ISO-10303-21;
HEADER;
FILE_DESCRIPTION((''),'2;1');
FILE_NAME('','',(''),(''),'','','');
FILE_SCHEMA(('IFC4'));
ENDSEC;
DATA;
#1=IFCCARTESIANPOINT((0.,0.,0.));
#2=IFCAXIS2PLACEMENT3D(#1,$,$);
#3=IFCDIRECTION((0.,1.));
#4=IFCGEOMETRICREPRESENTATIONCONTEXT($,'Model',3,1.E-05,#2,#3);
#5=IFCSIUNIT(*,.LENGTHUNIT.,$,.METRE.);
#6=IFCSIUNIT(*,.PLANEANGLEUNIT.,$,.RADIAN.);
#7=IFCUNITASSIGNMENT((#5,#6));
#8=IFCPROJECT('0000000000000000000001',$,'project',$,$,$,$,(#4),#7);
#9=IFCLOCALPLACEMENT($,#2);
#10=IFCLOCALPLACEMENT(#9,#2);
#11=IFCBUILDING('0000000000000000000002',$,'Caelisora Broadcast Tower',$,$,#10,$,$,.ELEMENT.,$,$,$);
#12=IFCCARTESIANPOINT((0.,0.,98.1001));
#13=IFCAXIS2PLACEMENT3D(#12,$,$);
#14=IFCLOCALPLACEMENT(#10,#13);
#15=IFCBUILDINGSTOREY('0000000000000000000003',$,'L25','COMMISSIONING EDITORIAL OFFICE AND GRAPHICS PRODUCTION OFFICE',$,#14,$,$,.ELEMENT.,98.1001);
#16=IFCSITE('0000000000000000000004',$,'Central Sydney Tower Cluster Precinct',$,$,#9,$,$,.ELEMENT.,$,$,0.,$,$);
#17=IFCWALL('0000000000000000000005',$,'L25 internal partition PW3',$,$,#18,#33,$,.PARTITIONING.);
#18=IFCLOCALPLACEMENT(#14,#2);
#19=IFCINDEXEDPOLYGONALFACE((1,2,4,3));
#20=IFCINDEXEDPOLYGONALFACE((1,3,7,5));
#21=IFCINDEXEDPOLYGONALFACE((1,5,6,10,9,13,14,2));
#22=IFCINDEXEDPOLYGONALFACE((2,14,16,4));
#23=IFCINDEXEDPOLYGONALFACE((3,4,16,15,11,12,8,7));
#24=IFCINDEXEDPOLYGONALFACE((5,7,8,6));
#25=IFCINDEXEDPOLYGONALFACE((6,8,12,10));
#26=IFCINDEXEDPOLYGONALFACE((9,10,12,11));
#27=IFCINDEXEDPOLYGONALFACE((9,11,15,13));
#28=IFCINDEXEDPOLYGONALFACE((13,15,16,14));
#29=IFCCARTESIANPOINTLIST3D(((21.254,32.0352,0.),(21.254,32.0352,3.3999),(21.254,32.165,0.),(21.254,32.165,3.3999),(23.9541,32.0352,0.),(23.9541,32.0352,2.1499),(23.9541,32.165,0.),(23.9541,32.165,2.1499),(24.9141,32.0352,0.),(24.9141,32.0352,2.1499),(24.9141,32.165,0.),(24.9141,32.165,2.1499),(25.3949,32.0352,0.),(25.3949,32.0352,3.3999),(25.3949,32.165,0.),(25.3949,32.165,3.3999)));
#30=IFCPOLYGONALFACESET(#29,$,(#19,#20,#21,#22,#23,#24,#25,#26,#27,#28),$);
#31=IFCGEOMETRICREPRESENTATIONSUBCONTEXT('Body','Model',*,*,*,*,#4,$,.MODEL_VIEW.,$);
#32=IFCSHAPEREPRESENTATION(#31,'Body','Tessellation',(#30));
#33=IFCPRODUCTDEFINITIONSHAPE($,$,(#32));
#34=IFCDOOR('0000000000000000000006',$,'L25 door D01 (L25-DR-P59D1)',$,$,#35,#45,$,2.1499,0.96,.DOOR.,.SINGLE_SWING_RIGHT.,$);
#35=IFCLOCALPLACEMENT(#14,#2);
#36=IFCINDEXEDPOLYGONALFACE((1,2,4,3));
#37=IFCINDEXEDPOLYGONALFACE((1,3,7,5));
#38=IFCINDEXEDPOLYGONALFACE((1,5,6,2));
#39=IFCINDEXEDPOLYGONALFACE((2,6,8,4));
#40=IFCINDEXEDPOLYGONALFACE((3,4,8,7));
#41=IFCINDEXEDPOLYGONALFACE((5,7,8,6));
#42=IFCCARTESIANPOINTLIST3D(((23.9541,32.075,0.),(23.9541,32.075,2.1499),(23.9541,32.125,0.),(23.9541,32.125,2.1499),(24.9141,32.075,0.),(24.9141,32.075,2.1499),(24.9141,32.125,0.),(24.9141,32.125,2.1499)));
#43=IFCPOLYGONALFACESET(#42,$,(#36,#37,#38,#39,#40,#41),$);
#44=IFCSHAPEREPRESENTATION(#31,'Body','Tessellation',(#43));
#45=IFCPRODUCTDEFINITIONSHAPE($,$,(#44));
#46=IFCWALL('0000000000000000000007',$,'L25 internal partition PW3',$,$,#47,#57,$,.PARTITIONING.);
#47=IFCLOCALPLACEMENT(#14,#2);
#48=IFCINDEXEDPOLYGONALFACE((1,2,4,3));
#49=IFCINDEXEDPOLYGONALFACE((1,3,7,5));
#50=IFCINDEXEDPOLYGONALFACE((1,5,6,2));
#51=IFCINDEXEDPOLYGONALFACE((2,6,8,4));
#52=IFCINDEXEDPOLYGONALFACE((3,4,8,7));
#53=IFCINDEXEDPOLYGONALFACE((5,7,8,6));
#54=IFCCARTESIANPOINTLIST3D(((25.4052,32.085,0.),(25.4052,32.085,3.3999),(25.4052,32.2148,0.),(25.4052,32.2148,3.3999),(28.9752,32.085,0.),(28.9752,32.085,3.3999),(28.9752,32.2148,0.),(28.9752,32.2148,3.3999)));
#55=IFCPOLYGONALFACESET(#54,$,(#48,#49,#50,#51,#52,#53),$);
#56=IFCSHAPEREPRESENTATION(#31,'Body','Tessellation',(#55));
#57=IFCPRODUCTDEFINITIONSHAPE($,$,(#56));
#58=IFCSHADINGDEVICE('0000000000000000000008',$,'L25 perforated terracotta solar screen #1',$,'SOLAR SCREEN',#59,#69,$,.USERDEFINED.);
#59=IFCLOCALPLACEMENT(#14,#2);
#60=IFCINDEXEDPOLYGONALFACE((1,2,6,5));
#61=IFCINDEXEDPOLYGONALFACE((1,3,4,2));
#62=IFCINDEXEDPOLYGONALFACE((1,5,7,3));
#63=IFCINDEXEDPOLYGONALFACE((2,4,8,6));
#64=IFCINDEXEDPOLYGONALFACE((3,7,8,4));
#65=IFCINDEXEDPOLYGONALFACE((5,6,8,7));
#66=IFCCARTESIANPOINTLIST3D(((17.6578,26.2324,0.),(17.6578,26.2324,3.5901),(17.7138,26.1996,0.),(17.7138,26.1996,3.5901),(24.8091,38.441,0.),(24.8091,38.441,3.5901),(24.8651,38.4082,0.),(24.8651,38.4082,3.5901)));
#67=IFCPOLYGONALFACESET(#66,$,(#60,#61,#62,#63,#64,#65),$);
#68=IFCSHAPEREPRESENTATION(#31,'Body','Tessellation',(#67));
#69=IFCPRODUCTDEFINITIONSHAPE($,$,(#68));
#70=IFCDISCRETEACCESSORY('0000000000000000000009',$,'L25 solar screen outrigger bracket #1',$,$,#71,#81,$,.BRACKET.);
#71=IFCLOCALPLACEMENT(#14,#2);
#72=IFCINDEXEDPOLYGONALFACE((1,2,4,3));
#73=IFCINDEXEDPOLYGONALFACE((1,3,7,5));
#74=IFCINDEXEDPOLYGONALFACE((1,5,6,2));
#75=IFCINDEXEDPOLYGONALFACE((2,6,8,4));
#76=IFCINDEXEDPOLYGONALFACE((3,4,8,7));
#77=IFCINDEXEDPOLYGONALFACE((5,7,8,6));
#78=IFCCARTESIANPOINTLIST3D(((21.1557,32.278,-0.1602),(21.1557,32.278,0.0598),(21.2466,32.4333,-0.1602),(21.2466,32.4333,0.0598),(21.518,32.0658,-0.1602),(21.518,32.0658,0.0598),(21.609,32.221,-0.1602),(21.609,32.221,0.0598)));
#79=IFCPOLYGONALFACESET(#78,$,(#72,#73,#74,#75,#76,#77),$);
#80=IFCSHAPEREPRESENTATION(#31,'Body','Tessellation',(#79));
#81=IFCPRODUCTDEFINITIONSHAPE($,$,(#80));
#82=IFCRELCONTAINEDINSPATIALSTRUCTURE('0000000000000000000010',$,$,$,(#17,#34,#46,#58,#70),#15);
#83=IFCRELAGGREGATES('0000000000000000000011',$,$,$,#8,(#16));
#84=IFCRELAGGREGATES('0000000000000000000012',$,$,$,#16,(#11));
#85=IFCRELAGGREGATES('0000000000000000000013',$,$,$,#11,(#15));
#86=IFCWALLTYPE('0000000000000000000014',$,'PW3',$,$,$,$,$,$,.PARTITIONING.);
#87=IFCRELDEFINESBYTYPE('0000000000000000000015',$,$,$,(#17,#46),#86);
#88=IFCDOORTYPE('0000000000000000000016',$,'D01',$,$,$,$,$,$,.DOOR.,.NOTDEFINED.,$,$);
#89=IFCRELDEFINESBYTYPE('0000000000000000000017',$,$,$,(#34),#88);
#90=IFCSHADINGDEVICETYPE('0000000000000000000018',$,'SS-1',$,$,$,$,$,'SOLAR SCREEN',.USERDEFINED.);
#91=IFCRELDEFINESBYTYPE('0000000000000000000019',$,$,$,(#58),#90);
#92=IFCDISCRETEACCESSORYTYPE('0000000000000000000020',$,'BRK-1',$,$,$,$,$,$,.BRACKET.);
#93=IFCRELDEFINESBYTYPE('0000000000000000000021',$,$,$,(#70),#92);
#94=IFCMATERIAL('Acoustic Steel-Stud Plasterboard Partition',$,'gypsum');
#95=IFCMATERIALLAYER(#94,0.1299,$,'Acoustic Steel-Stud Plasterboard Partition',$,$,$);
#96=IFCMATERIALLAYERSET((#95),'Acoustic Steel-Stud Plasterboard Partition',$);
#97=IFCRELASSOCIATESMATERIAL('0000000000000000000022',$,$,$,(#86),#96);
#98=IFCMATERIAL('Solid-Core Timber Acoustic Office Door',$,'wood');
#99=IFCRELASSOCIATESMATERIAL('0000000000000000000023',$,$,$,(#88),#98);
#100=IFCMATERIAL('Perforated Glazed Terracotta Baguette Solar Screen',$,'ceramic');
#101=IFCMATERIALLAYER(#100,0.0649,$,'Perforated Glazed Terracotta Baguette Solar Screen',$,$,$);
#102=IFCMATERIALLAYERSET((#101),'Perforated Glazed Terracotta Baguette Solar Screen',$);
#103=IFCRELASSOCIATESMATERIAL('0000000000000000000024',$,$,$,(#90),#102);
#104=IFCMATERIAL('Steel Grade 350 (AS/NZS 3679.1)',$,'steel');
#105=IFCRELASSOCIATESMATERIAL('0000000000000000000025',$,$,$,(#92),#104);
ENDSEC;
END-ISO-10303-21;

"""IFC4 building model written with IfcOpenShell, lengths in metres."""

from ifc_helpers import new_model, si_unit, direction, frame, frame_2d, origin, origin_2d, place, context, subcontext, project, spatial, rectangle, extrude, source, transform, mapped, material, layer, layer_set, type_object, type_shapes, element, fill, save


model = new_model("IFC4")

# Units and contexts
model_context = context("Model", 3, precision=1e-05, world=origin(), true_north=direction((0.0, 1.0)))
body_context = subcontext(model_context, "Body", "Model", "MODEL_VIEW")
ifc_project = project(units=[si_unit("LENGTHUNIT", "METRE"), si_unit("PLANEANGLEUNIT", "RADIAN")], contexts=[model_context])

# Site, building, storey
site_placement = place(None, origin())
site = spatial("IfcSite", under=ifc_project, at=site_placement, Name="Central Sydney Tower Cluster Precinct", CompositionType="ELEMENT", RefElevation=0.0)
building_placement = place(site_placement, origin())
building = spatial("IfcBuilding", under=site, at=building_placement, Name="Caelisora Broadcast Tower", CompositionType="ELEMENT")
storey_placement = place(building_placement, frame((0.0, 0.0, 98.1001)))
storey = spatial("IfcBuildingStorey", under=building, at=storey_placement, Name="L25", Description="COMMISSIONING EDITORIAL OFFICE AND GRAPHICS PRODUCTION OFFICE", CompositionType="ELEMENT", Elevation=98.1001)

# Shared definitions
ifc_material_1 = material(Name="Steel Grade 350 (AS/NZS 3679.1)", Category="steel")

# Shared definitions
ifc_material_2 = material(Name="Acoustic Steel-Stud Plasterboard Partition", Category="gypsum")
ifc_layer_1 = layer(ifc_material_2, 0.1299, Name="Acoustic Steel-Stud Plasterboard Partition")
ifc_layer_set_1 = layer_set([ifc_layer_1], Name="Acoustic Steel-Stud Plasterboard Partition")
wall_type = type_object("IfcWallType", Name="PW3", PredefinedType="PARTITIONING", material=ifc_layer_set_1)
ifc_material_3 = material(Name="Solid-Core Timber Acoustic Office Door", Category="wood")
door_type = type_object("IfcDoorType", Name="D01", OperationType="NOTDEFINED", PredefinedType="DOOR", material=ifc_material_3)

# Wall, opening, door
wall_1_placement = place(storey_placement, frame((21.2542, 32.1001, 0.0), z_axis=(0.0, 0.0, 1.0), x_axis=(1.0, 0.0, 0.0)))
wall_1 = element("IfcWall", 1, at=wall_1_placement, inside=storey, type_object=wall_type, Name="L25 internal partition PW3", PredefinedType="PARTITIONING", context=body_context, shape_type="SweptSolid", body=[
    extrude(rectangle(XDim=4.1409, YDim=0.1299, at=frame_2d((2.0703, 0.0))), origin(), (0.0, 0.0, 1.0), 3.3999),
])
opening_1_placement = place(wall_1_placement, frame((2.7, 0.0, 0.0)))
opening_1 = element("IfcOpeningElement", 2, at=opening_1_placement, cuts=wall_1, PredefinedType="OPENING", context=body_context, shape_type="SweptSolid", body=[
    extrude(rectangle(XDim=0.96, YDim=2.1499, at=frame_2d((0.48, 1.075))), frame((0.0, 0.0769, 0.0), z_axis=(0.0, -1.0, 0.0), x_axis=(1.0, 0.0, 0.0)), (0.0, 0.0, 1.0), 0.1538),
])
door_1_placement = place(opening_1_placement, origin())
door_1 = element("IfcDoor", 3, at=door_1_placement, inside=storey, type_object=door_type, Name="L25 door D01 (L25-DR-P59D1)", OperationType="SINGLE_SWING_RIGHT", OverallHeight=2.1499, OverallWidth=0.96, PredefinedType="DOOR", context=body_context, shape_type="SweptSolid", body=[
    extrude(rectangle(XDim=0.96, YDim=2.1499, at=frame_2d((0.48, 1.075))), frame((0.0, 0.0249, 0.0), z_axis=(0.0, -1.0, 0.0), x_axis=(1.0, 0.0, 0.0)), (0.0, 0.0, 1.0), 0.05),
])
fill(opening_1, door_1)

# Wall
wall_2_placement = place(storey_placement, frame((25.405, 32.1499, 0.0), z_axis=(0.0, 0.0, 1.0), x_axis=(1.0, 0.0, 0.0)))
element("IfcWall", 4, at=wall_2_placement, inside=storey, type_object=wall_type, Name="L25 internal partition PW3", PredefinedType="PARTITIONING", context=body_context, shape_type="SweptSolid", body=[
    extrude(rectangle(XDim=3.5701, YDim=0.1299, at=frame_2d((1.7852, 0.0))), origin(), (0.0, 0.0, 1.0), 3.3999),
])

# Shading device
ifc_material_4 = material(Name="Perforated Glazed Terracotta Baguette Solar Screen", Category="ceramic")
ifc_layer_2 = layer(ifc_material_4, 0.0649, Name="Perforated Glazed Terracotta Baguette Solar Screen")
ifc_layer_set_2 = layer_set([ifc_layer_2], Name="Perforated Glazed Terracotta Baguette Solar Screen")
shading_device_type = type_object("IfcShadingDeviceType", Name="SS-1", ElementType="SOLAR SCREEN", PredefinedType="USERDEFINED", material=ifc_layer_set_2)
shared_shape_1 = source(origin(), body_context, "Body", "SweptSolid", [
    extrude(rectangle(XDim=14.1489, YDim=0.0649, at=origin_2d()), origin(), (0.0, 0.0, 1.0), 3.5901),
])
type_shapes(shading_device_type, [shared_shape_1])
shading_device_placement = place(storey_placement, frame((21.2615, 32.3203, 0.0), z_axis=(0.0, 0.0, 1.0), x_axis=(-0.505431, -0.862867, 0.0)))
element("IfcShadingDevice", 5, at=shading_device_placement, inside=storey, type_object=shading_device_type, Name="L25 perforated terracotta solar screen #1", ObjectType="SOLAR SCREEN", PredefinedType="USERDEFINED", context=body_context, shape_type="MappedRepresentation", body=[
    mapped(shared_shape_1, transform((0.0, 0.0, 0.0), scale=1.0)),
])

# Discrete accessory
discrete_accessory_type = type_object("IfcDiscreteAccessoryType", Name="BRK-1", PredefinedType="BRACKET", material=ifc_material_1)
shared_shape_2 = source(origin(), body_context, "Body", "SweptSolid", [
    extrude(rectangle(XDim=0.1799, YDim=0.4199, at=origin_2d()), origin(), (0.0, 0.0, 1.0), 0.22),
])
type_shapes(discrete_accessory_type, [shared_shape_2])
discrete_accessory_placement = place(storey_placement, frame((21.3823, 32.2495, -0.1602), z_axis=(0.0, 0.0, 1.0), x_axis=(-0.505431, -0.862867, 0.0)))
element("IfcDiscreteAccessory", 6, at=discrete_accessory_placement, inside=storey, type_object=discrete_accessory_type, Name="L25 solar screen outrigger bracket #1", PredefinedType="BRACKET", context=body_context, shape_type="MappedRepresentation", body=[
    mapped(shared_shape_2, transform((0.0, 0.0, 0.0), scale=1.0)),
])

save(model, "model.ifc")
